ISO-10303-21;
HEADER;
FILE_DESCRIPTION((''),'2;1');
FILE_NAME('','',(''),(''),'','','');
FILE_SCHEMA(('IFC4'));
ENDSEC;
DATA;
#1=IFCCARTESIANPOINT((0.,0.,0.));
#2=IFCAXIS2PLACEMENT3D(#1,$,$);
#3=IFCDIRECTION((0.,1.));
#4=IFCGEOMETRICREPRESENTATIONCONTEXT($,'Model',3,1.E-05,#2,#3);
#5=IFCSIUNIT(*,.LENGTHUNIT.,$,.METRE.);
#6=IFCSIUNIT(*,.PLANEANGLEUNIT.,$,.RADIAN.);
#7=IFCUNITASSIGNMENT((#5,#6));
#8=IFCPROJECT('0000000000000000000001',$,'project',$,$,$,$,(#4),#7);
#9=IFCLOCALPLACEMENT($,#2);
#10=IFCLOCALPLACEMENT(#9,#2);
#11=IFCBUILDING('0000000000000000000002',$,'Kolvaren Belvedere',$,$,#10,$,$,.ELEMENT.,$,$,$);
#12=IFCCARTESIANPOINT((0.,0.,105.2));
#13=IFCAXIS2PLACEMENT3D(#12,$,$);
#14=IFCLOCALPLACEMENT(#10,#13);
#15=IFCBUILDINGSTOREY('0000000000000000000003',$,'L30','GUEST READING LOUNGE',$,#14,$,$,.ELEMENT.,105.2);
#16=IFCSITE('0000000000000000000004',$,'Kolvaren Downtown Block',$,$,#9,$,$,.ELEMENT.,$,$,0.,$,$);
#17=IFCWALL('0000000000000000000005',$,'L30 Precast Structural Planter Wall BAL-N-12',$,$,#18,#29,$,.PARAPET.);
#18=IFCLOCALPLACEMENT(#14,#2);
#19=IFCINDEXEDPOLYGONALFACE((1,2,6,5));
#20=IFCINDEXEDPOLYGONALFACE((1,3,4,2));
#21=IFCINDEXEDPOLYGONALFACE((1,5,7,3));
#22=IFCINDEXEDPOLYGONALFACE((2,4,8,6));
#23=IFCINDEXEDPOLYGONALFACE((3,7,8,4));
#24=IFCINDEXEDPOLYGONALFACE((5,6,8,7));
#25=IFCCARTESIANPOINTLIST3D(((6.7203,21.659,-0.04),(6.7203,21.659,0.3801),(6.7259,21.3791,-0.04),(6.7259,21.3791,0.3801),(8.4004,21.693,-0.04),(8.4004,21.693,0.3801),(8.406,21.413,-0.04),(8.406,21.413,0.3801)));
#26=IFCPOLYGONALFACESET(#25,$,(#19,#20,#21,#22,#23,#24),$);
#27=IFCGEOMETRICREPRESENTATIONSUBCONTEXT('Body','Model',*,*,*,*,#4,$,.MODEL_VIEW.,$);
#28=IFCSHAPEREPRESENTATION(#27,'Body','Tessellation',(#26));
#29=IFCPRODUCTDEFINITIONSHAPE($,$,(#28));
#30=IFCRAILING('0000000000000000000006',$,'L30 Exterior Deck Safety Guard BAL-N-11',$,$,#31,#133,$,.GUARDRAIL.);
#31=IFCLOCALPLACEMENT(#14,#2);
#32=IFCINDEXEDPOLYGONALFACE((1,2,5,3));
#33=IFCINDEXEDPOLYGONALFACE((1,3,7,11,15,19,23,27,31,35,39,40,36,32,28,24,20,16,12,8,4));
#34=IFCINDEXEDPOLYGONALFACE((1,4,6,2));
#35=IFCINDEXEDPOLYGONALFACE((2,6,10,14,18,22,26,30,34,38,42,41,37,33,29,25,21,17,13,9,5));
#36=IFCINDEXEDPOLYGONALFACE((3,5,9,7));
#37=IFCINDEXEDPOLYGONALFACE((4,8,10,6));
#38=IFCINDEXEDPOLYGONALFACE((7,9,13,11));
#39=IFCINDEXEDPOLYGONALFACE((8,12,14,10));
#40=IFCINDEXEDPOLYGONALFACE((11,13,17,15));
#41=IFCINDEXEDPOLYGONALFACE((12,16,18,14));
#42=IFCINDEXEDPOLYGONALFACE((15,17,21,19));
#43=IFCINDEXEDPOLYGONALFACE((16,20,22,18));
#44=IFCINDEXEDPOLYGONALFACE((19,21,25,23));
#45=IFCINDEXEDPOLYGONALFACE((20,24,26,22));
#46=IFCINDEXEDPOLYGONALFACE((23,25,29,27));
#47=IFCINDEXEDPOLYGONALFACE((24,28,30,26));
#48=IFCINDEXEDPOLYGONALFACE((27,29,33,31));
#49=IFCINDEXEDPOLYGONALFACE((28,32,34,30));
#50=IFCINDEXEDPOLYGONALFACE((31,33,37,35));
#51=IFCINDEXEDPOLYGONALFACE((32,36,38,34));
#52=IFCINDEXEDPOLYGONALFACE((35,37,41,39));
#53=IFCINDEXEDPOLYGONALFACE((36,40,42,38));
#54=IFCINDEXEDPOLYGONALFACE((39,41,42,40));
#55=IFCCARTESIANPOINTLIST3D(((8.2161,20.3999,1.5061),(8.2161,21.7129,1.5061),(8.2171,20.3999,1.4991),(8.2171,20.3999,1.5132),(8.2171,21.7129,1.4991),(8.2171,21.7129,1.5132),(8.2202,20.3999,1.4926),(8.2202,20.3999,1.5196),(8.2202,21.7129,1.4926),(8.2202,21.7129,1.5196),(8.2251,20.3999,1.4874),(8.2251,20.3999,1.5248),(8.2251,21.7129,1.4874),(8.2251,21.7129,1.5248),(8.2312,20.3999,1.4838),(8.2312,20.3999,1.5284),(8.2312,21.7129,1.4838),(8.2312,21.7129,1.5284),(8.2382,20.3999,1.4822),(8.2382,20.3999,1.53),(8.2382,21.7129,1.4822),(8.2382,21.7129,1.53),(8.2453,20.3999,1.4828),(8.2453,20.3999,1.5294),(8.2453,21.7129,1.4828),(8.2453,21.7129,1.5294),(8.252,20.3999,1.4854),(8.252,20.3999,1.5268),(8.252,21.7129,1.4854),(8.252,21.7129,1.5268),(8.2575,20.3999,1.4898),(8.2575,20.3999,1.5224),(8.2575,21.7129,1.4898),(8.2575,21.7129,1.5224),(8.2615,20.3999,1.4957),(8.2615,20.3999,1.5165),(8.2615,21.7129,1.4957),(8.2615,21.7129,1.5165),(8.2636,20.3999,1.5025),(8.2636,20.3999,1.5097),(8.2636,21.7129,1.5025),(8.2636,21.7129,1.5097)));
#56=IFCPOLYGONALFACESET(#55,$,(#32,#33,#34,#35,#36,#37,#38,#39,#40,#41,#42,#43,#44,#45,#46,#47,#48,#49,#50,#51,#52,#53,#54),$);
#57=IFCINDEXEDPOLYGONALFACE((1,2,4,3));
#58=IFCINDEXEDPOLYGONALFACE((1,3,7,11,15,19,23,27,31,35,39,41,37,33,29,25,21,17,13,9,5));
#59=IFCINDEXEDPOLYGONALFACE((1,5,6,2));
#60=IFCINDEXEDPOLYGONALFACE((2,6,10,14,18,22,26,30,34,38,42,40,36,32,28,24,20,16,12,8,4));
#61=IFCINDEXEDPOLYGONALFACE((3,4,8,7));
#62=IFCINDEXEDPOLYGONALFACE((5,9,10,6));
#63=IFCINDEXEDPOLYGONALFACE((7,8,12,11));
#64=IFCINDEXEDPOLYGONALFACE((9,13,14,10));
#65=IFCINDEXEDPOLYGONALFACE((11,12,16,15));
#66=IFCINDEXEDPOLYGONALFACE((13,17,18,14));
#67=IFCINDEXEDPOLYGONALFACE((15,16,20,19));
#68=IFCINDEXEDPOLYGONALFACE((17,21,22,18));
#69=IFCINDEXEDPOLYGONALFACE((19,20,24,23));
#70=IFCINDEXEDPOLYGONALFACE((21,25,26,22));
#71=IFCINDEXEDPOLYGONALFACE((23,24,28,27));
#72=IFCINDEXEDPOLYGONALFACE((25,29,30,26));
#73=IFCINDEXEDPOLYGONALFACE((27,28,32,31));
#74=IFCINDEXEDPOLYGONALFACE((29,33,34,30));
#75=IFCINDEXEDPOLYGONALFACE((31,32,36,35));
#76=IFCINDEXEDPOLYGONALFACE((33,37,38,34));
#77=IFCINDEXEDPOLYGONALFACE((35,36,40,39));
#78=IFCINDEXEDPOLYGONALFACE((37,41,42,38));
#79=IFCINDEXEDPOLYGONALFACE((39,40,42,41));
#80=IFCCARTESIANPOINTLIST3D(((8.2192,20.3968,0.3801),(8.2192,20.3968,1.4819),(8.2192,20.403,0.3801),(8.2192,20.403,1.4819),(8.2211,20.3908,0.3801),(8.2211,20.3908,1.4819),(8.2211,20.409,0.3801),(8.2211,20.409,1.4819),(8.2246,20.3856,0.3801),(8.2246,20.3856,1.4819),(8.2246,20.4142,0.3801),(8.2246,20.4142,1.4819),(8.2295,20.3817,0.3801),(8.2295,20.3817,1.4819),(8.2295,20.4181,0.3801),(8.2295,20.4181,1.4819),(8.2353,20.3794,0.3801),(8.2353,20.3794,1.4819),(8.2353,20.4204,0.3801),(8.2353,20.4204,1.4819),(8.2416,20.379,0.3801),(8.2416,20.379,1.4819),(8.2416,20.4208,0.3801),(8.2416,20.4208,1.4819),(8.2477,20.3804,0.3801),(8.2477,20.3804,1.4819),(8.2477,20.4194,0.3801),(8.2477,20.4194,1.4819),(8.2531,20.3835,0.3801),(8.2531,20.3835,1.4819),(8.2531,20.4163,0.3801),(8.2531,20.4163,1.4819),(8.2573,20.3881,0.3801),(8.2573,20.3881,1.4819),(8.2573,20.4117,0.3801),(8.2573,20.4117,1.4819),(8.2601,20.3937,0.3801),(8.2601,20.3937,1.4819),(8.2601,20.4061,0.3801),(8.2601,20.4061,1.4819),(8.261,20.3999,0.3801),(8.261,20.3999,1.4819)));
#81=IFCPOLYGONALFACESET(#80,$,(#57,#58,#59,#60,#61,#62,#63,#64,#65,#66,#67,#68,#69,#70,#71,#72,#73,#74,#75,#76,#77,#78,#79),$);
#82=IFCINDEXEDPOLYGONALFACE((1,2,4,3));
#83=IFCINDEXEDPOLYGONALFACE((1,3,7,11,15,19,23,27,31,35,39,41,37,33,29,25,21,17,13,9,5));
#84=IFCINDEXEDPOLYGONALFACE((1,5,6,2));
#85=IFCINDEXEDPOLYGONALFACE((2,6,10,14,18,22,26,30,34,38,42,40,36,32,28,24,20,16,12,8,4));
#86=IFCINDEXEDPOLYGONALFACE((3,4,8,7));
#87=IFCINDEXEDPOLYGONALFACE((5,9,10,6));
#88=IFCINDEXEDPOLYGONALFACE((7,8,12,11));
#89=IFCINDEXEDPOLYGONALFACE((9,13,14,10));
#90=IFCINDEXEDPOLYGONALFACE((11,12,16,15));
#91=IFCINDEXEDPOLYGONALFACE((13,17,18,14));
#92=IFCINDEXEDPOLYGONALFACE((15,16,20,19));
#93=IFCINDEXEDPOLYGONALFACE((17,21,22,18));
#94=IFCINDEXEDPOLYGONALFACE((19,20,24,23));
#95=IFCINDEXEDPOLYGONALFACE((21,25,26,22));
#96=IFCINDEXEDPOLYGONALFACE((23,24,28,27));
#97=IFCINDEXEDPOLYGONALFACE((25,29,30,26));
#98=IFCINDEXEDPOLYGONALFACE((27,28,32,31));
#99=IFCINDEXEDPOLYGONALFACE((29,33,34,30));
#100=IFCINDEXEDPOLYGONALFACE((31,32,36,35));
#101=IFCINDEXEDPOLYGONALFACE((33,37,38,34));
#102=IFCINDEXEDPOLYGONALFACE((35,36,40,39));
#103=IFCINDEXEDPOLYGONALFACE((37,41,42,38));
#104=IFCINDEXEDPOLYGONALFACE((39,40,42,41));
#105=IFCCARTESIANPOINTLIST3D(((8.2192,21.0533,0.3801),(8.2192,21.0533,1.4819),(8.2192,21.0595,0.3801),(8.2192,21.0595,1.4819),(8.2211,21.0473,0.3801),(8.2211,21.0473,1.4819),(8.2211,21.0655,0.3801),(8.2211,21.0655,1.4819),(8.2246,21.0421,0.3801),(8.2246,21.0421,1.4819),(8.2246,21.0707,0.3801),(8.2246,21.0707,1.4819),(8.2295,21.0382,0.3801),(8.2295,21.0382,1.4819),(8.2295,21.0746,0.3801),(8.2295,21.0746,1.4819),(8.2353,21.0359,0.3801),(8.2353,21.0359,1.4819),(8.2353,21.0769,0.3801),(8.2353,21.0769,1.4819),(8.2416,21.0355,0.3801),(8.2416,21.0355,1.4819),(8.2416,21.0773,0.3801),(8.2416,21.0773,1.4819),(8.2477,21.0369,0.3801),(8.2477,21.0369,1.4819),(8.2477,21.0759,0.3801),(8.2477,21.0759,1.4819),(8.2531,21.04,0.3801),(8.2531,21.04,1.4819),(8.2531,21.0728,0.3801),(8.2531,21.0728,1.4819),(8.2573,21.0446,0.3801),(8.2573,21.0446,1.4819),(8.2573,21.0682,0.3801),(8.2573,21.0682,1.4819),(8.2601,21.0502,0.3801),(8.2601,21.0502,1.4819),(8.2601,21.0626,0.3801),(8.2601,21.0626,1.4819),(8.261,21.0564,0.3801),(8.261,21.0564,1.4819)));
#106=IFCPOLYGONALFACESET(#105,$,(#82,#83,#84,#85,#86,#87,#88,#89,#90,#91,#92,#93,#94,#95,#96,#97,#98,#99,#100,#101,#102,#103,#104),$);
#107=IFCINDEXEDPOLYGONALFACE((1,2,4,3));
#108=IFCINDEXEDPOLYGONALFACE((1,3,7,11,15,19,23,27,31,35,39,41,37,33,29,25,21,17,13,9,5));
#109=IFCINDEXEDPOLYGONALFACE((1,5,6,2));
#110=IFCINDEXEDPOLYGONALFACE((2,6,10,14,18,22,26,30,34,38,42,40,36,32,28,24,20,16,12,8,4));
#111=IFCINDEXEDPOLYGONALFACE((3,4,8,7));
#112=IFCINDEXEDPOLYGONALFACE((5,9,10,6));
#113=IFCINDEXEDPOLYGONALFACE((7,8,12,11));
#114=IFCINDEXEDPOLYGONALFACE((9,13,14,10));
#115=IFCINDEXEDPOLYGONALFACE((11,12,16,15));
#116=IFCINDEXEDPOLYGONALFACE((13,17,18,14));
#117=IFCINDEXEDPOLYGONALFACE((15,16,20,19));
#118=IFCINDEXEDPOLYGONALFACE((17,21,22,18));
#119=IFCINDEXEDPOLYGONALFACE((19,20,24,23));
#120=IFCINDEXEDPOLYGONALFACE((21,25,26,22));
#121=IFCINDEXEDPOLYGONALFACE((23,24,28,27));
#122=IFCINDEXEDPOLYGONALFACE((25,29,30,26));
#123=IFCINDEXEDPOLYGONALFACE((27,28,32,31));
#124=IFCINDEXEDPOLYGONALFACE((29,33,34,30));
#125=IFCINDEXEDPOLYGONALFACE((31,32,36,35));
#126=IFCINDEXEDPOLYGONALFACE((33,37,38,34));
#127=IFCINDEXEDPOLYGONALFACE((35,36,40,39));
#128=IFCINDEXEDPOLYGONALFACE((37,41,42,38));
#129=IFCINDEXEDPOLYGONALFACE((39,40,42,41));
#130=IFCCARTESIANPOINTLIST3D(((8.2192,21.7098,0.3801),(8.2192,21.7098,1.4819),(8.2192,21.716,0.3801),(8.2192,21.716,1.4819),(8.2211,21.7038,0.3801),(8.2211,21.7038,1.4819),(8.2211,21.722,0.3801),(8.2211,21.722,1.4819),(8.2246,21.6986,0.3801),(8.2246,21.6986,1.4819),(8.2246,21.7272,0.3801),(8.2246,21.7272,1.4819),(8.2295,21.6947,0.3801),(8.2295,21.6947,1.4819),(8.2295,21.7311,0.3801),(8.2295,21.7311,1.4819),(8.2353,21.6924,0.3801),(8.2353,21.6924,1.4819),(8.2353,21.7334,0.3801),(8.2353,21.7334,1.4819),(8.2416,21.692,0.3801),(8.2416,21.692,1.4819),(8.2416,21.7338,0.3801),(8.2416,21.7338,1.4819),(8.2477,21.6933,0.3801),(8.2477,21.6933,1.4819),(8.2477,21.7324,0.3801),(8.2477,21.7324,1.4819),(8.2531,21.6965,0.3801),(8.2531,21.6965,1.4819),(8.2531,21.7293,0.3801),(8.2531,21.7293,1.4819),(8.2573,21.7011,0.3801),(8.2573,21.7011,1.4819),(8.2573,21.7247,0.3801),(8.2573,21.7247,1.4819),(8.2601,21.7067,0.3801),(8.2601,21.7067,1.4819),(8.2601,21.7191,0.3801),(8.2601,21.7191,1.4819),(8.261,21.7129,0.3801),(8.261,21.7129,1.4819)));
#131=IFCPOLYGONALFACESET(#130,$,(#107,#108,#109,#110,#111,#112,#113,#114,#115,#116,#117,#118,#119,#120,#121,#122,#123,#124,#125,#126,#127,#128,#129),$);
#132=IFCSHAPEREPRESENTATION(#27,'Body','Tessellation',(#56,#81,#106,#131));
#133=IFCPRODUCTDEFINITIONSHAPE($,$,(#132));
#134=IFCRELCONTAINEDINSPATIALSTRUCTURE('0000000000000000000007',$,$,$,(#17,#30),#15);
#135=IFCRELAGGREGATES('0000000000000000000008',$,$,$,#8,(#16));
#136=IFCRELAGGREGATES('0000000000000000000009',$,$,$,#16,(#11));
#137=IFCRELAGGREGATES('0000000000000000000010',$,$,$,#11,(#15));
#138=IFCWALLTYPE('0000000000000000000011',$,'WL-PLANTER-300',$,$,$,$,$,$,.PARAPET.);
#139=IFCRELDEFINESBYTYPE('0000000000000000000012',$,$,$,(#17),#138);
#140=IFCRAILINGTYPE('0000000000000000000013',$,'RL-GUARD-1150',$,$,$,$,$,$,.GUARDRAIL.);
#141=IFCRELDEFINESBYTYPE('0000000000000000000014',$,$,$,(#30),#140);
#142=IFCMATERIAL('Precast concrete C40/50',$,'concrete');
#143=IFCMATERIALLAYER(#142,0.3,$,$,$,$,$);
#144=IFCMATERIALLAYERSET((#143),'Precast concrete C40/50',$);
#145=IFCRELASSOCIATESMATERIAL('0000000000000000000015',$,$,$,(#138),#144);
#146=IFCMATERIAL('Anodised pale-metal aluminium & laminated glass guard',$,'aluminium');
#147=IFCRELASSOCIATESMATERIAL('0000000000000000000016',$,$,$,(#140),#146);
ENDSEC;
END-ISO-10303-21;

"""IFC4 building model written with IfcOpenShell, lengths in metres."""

from ifc_helpers import new_model, si_unit, direction, frame, frame_2d, origin, origin_2d, place, context, subcontext, project, spatial, rectangle, circle, extrude, material, layer, layer_set, type_object, element, save


model = new_model("IFC4")

# Units and contexts
model_context = context("Model", 3, precision=1e-05, world=origin(), true_north=direction((0.0, 1.0)))
body_context = subcontext(model_context, "Body", "Model", "MODEL_VIEW")
ifc_project = project(units=[si_unit("LENGTHUNIT", "METRE"), si_unit("PLANEANGLEUNIT", "RADIAN")], contexts=[model_context])

# Site, building, storey
site_placement = place(None, origin())
site = spatial("IfcSite", under=ifc_project, at=site_placement, Name="Kolvaren Downtown Block", CompositionType="ELEMENT", RefElevation=0.0)
building_placement = place(site_placement, origin())
building = spatial("IfcBuilding", under=site, at=building_placement, Name="Kolvaren Belvedere", CompositionType="ELEMENT")
storey_placement = place(building_placement, frame((0.0, 0.0, 105.2)))
storey = spatial("IfcBuildingStorey", under=building, at=storey_placement, Name="L30", Description="GUEST READING LOUNGE", CompositionType="ELEMENT", Elevation=105.2)

# Wall
ifc_material_1 = material(Name="Precast concrete C40/50", Category="concrete")
ifc_layer_1 = layer(ifc_material_1, 0.3)
ifc_layer_set_1 = layer_set([ifc_layer_1], Name="Precast concrete C40/50")
wall_type_1 = type_object("IfcWallType", Name="WL-PLANTER-300", PredefinedType="PARAPET", material=ifc_layer_set_1)
wall_1_placement = place(storey_placement, frame((8.4033, 21.553, -0.04), z_axis=(0.0, 0.0, 1.0), x_axis=(-0.999796, -0.020193, 0.0)))
element("IfcWall", 1, at=wall_1_placement, inside=storey, type_object=wall_type_1, Name="L30 Precast Structural Planter Wall BAL-N-12", PredefinedType="PARAPET", context=body_context, shape_type="SweptSolid", body=[
    extrude(rectangle(XDim=1.6804, YDim=0.28, at=frame_2d((0.8403, 0.0))), origin(), (0.0, 0.0, 1.0), 0.4202),
])

# Railing
ifc_material_2 = material(Name="Anodised pale-metal aluminium & laminated glass guard", Category="aluminium")
railing_type = type_object("IfcRailingType", Name="RL-GUARD-1150", PredefinedType="GUARDRAIL", material=ifc_material_2)
railing_1_placement = place(storey_placement, frame((8.24, 20.3999, 0.3801)))
element("IfcRailing", 2, at=railing_1_placement, inside=storey, type_object=railing_type, Name="L30 Exterior Deck Safety Guard BAL-N-11", PredefinedType="GUARDRAIL", context=body_context, shape_type="SweptSolid", body=[
    extrude(circle(Radius=0.0239, at=origin_2d()), frame((0.0, 0.0, 1.126), z_axis=(0.0, 1.0, 0.0), x_axis=(-1.0, 0.0, 0.0)), (0.0, 0.0, 1.0), 1.313),
    extrude(circle(Radius=0.021, at=origin_2d()), origin(), (0.0, 0.0, 1.0), 1.1018),
    extrude(circle(Radius=0.021, at=origin_2d()), frame((0.0, 0.6565, 0.0)), (0.0, 0.0, 1.0), 1.1018),
    extrude(circle(Radius=0.021, at=origin_2d()), frame((0.0, 1.313, 0.0)), (0.0, 0.0, 1.0), 1.1018),
])

save(model, "model.ifc")
